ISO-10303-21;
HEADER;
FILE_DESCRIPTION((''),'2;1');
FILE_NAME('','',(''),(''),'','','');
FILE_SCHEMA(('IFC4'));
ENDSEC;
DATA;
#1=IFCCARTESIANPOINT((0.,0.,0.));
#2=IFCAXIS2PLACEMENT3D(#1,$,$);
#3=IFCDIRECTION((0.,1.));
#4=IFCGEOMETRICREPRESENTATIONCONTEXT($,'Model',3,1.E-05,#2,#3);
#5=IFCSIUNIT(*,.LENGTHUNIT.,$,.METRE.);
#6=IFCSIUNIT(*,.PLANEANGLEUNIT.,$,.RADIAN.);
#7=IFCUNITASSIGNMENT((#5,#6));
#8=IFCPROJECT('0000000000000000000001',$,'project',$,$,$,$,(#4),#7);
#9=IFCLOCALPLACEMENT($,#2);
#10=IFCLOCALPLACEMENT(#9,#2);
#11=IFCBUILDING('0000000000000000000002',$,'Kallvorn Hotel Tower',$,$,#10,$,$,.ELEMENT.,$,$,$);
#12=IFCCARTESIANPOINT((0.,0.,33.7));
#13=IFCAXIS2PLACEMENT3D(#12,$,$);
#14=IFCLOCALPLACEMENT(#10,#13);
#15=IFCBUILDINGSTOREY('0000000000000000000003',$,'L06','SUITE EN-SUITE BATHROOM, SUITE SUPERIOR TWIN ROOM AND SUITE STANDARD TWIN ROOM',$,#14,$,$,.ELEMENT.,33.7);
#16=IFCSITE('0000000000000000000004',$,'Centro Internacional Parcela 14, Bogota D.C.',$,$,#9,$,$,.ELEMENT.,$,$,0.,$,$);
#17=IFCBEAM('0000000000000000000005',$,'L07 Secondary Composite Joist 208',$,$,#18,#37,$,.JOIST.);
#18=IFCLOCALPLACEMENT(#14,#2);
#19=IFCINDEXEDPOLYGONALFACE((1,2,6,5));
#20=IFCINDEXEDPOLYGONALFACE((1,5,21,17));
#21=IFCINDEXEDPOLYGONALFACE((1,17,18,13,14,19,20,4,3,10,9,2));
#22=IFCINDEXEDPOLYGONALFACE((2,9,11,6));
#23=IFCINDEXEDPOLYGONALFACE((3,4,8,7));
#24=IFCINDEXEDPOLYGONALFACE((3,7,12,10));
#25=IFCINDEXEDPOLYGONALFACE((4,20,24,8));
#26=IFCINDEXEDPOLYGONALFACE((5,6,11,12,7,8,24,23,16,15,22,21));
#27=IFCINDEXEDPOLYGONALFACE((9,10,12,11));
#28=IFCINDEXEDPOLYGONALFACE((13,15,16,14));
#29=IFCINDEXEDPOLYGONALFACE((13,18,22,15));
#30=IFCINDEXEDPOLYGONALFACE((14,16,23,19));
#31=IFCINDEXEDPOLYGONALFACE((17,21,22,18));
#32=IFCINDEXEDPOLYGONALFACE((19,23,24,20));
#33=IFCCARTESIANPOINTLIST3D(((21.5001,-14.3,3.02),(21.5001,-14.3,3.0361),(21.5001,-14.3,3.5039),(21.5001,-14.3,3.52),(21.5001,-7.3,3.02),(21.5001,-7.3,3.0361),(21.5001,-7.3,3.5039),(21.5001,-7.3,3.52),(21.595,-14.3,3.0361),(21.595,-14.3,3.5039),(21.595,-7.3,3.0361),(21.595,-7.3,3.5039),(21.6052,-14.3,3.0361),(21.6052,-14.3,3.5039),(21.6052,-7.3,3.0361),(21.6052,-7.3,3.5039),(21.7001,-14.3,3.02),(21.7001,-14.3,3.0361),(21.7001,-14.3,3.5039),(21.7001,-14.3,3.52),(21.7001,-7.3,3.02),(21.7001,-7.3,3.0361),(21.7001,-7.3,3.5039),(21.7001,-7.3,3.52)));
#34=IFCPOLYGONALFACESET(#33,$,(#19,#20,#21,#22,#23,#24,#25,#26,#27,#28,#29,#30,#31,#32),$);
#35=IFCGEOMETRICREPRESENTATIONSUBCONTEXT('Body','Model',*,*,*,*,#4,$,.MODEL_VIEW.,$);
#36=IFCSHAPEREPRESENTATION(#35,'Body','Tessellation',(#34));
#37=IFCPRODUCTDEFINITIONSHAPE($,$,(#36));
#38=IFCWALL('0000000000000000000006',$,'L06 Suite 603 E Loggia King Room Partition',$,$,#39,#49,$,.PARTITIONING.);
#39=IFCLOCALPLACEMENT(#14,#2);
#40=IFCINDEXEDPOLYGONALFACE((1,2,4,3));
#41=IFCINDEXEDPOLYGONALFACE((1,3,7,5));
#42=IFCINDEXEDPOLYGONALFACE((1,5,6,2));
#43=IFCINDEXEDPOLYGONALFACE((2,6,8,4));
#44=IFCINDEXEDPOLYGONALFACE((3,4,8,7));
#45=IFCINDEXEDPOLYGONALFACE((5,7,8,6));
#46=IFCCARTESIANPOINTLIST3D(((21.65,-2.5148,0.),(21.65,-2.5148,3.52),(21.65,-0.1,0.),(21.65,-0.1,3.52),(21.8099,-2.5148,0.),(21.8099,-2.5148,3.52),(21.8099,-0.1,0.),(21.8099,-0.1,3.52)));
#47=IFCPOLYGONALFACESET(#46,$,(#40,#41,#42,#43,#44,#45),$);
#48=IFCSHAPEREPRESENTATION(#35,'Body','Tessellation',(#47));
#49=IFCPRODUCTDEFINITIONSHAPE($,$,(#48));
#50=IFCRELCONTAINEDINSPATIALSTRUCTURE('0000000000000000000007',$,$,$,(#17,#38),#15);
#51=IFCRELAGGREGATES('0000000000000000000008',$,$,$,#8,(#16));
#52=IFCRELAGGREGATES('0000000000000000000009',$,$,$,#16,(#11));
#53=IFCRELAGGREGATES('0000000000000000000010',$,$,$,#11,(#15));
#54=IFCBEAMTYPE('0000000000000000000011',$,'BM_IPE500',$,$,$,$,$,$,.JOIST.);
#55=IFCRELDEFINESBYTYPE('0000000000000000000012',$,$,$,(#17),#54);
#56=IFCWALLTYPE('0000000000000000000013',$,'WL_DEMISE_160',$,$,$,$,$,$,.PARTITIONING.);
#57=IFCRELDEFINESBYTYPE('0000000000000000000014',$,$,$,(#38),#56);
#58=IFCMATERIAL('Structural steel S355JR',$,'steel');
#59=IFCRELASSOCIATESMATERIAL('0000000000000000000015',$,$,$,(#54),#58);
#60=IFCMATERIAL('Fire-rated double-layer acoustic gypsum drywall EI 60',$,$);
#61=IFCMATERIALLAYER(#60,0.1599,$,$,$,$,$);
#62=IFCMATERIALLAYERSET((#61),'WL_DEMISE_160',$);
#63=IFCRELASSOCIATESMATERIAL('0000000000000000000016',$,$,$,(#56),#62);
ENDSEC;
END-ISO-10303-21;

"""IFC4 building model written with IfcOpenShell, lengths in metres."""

from ifc_helpers import new_model, si_unit, direction, frame, frame_2d, origin, origin_2d, place, context, subcontext, project, spatial, rectangle, i_section, extrude, material, layer, layer_set, material_profile, profile_set, type_object, element, save


model = new_model("IFC4")

# Units and contexts
model_context = context("Model", 3, precision=1e-05, world=origin(), true_north=direction((0.0, 1.0)))
body_context = subcontext(model_context, "Body", "Model", "MODEL_VIEW")
ifc_project = project(units=[si_unit("LENGTHUNIT", "METRE"), si_unit("PLANEANGLEUNIT", "RADIAN")], contexts=[model_context])

# Site, building, storey
site_placement = place(None, origin())
site = spatial("IfcSite", under=ifc_project, at=site_placement, Name="Centro Internacional Parcela 14, Bogota D.C.", CompositionType="ELEMENT", RefElevation=0.0)
building_placement = place(site_placement, origin())
building = spatial("IfcBuilding", under=site, at=building_placement, Name="Kallvorn Hotel Tower", CompositionType="ELEMENT")
storey_placement = place(building_placement, frame((0.0, 0.0, 33.7)))
storey = spatial("IfcBuildingStorey", under=building, at=storey_placement, Name="L06", Description="SUITE EN-SUITE BATHROOM, SUITE SUPERIOR TWIN ROOM AND SUITE STANDARD TWIN ROOM", CompositionType="ELEMENT", Elevation=33.7)

# Beam
ifc_material_1 = material(Name="Structural steel S355JR", Category="steel")
ifc_material_profile_1 = material_profile(ifc_material_1, i_section(OverallWidth=0.2, OverallDepth=0.5, WebThickness=0.0103, FlangeThickness=0.0161, at=origin_2d()), Name="IPE 500")
ifc_profile_set_1 = profile_set([ifc_material_profile_1], Name="Structural steel S355JR")
beam_type_1 = type_object("IfcBeamType", Name="BM_IPE500", PredefinedType="JOIST", material=ifc_profile_set_1)
beam_1_placement = place(storey_placement, frame((21.6001, -14.3, 3.27), z_axis=(0.0, 1.0, 0.0), x_axis=(-1.0, 0.0, 0.0)))
element("IfcBeam", 1, at=beam_1_placement, inside=storey, type_object=beam_type_1, Name="L07 Secondary Composite Joist 208", PredefinedType="JOIST", context=body_context, shape_type="SweptSolid", body=[
    extrude(i_section(OverallWidth=0.2, OverallDepth=0.5, WebThickness=0.0103, FlangeThickness=0.0161, at=origin_2d()), origin(), (0.0, 0.0, 1.0), 7.0),
])

# Wall
ifc_material_2 = material(Name="Fire-rated double-layer acoustic gypsum drywall EI 60")
ifc_layer = layer(ifc_material_2, 0.1599)
ifc_layer_set = layer_set([ifc_layer], Name="WL_DEMISE_160")
wall_type = type_object("IfcWallType", Name="WL_DEMISE_160", PredefinedType="PARTITIONING", material=ifc_layer_set)
wall_placement = place(storey_placement, frame((21.73, -2.5149, 0.0), z_axis=(0.0, 0.0, 1.0), x_axis=(0.0, 1.0, 0.0)))
element("IfcWall", 2, at=wall_placement, inside=storey, type_object=wall_type, Name="L06 Suite 603 E Loggia King Room Partition", PredefinedType="PARTITIONING", context=body_context, shape_type="SweptSolid", body=[
    extrude(rectangle(XDim=2.4148, YDim=0.1599, at=frame_2d((1.2075, 0.0))), origin(), (0.0, 0.0, 1.0), 3.52),
])

save(model, "model.ifc")
